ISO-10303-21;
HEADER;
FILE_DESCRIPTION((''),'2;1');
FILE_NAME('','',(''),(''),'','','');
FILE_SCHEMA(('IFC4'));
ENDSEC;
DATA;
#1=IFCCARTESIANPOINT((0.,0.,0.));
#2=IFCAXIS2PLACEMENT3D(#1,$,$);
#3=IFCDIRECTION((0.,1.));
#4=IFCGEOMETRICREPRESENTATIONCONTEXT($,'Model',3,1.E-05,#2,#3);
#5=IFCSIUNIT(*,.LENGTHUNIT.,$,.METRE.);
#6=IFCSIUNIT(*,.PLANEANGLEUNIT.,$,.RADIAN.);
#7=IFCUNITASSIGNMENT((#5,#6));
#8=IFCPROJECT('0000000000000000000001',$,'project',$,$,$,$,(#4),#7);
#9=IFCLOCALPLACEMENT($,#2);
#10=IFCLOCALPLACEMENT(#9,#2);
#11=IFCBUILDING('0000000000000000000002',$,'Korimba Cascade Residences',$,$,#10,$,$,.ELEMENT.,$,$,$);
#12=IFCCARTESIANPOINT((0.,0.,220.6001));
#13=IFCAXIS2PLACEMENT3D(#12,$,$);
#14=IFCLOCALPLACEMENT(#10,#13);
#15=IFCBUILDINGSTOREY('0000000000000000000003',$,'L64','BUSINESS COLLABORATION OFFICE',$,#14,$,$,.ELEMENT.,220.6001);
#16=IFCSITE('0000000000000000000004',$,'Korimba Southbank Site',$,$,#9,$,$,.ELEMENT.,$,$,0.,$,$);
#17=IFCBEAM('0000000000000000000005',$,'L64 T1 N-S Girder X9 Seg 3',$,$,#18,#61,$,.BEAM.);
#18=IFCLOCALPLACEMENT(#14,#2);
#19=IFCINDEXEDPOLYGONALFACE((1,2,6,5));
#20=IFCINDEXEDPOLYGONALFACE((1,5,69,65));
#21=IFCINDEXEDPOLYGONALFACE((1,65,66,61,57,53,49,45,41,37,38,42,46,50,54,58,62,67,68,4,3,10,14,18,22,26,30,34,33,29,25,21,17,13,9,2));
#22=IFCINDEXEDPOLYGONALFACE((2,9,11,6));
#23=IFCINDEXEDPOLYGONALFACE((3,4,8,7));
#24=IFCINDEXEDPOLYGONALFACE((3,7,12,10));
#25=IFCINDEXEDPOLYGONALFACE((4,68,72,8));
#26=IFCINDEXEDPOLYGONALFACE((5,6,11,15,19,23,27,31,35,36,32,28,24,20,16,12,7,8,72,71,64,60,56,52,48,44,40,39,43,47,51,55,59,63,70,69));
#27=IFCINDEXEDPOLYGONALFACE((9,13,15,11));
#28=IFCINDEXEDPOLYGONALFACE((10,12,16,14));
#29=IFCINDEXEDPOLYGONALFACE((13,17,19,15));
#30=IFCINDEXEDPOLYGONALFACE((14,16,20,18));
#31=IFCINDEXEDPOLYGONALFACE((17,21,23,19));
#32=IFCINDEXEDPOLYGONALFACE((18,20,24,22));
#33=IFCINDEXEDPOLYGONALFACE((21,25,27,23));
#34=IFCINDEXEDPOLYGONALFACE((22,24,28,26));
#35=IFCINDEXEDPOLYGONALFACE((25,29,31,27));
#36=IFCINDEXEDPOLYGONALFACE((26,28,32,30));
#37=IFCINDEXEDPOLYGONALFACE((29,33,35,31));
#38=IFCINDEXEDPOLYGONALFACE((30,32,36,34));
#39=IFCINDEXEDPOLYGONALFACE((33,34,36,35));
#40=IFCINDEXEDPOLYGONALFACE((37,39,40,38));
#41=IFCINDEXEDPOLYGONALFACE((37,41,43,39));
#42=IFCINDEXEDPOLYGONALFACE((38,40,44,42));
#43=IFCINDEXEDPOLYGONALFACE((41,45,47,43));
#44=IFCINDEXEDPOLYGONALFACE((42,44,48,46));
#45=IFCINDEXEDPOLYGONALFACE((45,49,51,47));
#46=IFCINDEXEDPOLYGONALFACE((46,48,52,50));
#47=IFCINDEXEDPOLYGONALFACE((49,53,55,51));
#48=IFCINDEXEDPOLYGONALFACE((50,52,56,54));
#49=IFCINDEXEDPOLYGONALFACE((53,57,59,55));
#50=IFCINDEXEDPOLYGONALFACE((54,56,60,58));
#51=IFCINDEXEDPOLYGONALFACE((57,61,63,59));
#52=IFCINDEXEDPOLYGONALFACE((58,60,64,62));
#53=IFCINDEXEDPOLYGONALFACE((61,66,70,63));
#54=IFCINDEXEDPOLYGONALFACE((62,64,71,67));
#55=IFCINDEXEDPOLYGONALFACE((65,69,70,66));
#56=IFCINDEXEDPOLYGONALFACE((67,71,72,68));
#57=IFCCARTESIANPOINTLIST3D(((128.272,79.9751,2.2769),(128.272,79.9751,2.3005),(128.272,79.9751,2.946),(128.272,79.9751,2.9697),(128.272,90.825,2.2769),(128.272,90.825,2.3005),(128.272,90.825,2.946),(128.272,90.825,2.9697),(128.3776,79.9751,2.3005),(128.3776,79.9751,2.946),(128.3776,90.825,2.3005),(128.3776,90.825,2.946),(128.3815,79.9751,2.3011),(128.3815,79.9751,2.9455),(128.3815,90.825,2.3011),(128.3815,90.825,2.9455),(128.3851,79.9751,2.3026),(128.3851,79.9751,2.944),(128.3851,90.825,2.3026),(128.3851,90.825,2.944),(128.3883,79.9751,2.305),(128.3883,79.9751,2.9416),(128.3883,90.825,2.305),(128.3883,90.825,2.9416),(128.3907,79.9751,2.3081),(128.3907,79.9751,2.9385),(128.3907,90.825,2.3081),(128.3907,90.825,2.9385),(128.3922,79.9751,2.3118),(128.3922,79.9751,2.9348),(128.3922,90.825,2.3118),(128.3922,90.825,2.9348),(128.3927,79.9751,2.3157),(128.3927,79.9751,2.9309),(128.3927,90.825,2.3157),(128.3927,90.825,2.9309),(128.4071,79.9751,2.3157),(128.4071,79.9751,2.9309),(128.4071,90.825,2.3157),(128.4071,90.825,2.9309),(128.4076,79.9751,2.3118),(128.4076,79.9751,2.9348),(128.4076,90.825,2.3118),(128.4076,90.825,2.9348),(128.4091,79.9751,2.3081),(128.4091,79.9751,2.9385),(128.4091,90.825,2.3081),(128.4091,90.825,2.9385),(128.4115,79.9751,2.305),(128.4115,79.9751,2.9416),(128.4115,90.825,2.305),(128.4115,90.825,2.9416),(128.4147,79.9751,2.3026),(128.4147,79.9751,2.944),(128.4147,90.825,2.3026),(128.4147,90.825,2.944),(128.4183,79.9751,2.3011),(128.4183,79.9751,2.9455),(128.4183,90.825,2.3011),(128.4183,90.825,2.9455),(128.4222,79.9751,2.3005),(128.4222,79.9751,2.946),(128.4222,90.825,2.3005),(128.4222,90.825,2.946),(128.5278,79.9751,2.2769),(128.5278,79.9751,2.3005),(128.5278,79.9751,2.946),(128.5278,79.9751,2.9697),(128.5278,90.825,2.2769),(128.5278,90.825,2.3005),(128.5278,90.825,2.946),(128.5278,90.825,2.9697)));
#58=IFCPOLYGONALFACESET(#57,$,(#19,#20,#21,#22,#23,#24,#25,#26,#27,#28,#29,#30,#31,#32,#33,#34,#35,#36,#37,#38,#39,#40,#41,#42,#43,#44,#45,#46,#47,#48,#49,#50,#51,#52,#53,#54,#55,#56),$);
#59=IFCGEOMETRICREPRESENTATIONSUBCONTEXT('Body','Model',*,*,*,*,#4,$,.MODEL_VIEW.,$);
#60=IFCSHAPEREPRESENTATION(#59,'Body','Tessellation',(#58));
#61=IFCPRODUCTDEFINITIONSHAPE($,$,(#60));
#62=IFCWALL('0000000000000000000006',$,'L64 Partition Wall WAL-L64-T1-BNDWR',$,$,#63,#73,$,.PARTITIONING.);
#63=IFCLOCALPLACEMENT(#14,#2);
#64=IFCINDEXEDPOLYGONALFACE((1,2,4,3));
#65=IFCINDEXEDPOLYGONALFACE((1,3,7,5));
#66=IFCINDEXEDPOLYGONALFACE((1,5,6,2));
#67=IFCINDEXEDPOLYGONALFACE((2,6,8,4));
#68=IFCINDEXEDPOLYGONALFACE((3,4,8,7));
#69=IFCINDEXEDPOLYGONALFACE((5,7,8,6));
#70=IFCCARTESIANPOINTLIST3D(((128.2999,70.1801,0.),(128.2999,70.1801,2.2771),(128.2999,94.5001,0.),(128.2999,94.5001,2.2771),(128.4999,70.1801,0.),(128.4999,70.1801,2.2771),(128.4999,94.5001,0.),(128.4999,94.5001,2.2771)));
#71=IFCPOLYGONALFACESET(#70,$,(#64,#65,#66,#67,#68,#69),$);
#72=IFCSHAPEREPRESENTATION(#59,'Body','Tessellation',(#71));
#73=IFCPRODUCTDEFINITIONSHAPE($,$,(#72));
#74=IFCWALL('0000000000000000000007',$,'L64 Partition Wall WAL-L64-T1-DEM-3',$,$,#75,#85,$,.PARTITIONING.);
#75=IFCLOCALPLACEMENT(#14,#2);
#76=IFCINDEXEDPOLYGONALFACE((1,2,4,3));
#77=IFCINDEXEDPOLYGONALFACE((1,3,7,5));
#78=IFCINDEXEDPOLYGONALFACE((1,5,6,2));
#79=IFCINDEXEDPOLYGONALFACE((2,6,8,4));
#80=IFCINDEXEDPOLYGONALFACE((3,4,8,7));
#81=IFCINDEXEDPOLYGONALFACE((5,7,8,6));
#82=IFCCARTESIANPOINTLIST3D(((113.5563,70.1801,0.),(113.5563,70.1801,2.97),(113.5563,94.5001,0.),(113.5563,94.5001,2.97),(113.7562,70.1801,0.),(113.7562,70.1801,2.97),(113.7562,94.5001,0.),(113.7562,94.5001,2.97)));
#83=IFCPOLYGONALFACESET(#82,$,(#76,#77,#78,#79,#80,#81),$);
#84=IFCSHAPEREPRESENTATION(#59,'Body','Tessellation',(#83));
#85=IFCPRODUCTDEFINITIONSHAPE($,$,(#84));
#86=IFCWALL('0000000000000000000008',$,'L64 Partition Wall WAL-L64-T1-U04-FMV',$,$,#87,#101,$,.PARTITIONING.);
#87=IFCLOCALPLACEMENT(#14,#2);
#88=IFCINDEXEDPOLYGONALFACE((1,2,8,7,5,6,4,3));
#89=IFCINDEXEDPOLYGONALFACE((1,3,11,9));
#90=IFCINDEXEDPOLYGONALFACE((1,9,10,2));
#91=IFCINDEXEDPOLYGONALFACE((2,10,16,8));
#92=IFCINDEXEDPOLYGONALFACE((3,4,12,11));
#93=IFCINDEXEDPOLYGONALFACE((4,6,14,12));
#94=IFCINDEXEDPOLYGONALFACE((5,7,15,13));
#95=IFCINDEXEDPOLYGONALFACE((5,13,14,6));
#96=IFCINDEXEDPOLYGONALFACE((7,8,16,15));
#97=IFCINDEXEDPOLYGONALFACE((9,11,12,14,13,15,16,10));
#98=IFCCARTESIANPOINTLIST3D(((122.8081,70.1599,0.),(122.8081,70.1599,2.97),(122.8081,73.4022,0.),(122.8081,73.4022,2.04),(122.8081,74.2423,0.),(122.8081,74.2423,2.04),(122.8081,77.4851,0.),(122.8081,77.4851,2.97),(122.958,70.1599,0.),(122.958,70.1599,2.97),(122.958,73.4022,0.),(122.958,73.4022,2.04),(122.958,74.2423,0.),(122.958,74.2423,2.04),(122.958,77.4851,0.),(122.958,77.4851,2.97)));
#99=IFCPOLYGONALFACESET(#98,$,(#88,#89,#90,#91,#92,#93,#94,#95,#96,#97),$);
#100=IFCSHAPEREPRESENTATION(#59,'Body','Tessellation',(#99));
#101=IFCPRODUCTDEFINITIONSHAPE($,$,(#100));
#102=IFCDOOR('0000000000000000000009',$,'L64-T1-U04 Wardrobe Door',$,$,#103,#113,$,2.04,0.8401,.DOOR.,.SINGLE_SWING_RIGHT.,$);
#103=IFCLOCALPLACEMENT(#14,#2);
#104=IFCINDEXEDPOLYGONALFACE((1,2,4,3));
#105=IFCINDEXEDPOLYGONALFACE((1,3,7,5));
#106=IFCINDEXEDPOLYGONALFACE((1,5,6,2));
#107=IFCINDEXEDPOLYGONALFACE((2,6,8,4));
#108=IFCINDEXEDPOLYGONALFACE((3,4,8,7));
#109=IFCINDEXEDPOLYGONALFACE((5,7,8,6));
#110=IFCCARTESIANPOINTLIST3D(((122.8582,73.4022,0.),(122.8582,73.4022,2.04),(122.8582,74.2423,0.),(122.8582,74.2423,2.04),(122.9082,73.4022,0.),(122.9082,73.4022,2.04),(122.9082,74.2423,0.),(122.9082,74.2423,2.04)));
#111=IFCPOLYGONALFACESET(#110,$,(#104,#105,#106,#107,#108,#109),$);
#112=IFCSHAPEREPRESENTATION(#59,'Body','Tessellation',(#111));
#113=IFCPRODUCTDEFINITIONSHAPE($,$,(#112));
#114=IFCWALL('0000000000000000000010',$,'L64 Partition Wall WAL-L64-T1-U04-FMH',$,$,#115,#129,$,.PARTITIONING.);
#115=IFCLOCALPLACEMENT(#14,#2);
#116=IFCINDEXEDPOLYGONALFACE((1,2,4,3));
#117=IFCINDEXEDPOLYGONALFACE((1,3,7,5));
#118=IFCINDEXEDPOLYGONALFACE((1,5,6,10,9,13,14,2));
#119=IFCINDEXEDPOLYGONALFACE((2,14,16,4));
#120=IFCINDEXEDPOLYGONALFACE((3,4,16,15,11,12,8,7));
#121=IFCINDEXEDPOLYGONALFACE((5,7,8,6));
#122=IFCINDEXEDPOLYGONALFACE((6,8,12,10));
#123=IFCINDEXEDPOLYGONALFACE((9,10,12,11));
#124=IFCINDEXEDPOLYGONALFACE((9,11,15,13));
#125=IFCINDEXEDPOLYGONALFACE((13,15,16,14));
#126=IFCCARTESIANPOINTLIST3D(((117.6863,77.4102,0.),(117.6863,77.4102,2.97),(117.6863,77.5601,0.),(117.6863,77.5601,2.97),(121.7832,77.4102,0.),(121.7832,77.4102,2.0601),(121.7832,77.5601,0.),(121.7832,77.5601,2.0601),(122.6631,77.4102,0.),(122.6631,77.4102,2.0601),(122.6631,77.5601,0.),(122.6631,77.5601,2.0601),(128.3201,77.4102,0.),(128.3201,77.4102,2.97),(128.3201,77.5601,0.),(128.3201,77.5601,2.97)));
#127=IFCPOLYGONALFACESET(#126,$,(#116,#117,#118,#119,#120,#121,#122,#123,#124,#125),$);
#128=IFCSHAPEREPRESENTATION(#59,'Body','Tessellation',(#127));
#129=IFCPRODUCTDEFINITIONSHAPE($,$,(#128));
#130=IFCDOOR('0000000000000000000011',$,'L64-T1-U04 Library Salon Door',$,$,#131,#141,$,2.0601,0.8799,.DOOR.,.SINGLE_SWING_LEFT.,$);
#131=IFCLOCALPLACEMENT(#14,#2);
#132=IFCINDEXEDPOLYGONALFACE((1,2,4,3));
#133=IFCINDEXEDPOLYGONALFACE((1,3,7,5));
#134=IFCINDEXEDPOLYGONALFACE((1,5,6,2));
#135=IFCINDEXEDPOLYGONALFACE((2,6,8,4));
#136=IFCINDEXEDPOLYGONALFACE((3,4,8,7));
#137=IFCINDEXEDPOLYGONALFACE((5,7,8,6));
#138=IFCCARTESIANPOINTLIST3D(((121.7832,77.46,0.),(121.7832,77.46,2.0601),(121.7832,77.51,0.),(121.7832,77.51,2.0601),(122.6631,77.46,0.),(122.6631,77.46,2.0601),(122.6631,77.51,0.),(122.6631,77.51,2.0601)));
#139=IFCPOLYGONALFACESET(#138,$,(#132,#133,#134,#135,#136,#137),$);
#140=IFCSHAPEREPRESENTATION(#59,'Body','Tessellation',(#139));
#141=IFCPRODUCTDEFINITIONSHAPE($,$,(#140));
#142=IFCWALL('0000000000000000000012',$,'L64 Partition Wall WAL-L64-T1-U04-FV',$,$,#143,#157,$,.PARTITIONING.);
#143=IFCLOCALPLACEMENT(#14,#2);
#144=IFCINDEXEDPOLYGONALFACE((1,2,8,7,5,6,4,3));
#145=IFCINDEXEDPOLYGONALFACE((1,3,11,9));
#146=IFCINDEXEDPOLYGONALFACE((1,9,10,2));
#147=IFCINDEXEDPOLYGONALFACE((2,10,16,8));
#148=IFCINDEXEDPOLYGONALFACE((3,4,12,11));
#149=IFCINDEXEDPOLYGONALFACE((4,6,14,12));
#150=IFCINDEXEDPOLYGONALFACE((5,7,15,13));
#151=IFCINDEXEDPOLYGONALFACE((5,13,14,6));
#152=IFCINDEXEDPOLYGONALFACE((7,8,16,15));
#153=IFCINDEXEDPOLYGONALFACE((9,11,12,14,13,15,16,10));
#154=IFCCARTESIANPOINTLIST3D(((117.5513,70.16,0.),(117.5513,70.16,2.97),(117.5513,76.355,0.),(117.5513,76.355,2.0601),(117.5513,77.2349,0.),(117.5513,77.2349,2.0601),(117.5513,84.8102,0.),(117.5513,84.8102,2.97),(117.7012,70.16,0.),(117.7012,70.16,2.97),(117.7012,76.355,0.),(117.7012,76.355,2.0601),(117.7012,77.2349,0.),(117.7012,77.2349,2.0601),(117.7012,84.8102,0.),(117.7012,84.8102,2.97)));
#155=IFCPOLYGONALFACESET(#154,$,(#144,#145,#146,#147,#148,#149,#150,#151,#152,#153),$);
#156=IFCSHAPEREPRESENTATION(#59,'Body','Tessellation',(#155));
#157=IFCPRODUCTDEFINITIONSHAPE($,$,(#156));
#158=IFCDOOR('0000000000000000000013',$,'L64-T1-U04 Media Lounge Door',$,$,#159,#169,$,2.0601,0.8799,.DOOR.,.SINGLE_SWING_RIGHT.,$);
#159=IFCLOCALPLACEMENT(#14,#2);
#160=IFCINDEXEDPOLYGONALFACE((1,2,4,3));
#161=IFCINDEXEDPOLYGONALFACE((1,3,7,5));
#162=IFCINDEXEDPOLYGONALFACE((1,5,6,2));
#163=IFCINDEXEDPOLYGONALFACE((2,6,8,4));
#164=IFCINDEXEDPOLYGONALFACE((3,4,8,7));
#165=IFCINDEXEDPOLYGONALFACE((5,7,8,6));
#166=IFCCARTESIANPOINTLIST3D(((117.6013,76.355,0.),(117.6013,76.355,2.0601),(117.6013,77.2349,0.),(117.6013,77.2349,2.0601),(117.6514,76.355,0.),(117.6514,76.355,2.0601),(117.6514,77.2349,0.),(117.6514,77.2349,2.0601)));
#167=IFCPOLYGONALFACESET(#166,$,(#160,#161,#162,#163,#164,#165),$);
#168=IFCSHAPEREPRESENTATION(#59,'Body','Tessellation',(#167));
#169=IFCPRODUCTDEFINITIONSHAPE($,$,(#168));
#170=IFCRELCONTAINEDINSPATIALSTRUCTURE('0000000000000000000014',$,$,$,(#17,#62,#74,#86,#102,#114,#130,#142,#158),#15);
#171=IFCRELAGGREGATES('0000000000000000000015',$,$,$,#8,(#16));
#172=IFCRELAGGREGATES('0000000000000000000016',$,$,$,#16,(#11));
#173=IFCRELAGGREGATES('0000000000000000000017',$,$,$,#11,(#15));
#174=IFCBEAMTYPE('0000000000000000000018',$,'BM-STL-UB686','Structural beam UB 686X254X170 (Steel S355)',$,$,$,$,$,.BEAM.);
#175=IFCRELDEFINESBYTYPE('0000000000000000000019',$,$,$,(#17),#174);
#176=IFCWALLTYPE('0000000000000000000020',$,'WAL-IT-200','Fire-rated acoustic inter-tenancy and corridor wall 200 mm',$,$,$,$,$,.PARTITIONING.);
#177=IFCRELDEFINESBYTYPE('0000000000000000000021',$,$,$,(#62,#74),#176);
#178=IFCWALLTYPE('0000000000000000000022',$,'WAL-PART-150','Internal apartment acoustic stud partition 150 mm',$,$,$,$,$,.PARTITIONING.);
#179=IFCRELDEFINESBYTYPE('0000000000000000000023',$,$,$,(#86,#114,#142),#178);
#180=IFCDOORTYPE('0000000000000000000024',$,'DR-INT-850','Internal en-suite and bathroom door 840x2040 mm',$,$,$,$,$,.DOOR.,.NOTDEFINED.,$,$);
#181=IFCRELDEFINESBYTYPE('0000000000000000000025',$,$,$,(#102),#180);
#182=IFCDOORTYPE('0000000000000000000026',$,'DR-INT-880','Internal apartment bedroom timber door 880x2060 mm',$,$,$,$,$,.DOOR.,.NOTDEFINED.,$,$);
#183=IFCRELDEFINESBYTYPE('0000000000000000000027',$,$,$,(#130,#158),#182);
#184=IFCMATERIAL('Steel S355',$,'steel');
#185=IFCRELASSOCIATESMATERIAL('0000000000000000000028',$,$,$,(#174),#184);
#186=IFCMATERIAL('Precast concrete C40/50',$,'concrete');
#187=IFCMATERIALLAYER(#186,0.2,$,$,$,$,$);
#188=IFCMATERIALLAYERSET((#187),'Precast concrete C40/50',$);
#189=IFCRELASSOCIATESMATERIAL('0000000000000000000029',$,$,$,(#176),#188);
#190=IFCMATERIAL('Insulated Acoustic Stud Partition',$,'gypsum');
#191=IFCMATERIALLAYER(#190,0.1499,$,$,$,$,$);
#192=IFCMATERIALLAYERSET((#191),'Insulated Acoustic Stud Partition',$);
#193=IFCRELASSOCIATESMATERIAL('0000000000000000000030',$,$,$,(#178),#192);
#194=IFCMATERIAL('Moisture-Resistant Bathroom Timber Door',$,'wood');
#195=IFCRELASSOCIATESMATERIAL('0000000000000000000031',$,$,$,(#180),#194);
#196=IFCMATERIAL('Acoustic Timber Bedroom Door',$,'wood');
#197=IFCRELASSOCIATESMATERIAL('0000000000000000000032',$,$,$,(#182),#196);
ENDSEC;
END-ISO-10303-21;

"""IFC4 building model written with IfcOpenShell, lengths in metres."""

from ifc_helpers import new_model, si_unit, direction, frame, frame_2d, origin, origin_2d, place, context, subcontext, project, spatial, rectangle, i_section, extrude, material, layer, layer_set, material_profile, profile_set, type_object, element, fill, save


model = new_model("IFC4")

# Units and contexts
model_context = context("Model", 3, precision=1e-05, world=origin(), true_north=direction((0.0, 1.0)))
body_context = subcontext(model_context, "Body", "Model", "MODEL_VIEW")
ifc_project = project(units=[si_unit("LENGTHUNIT", "METRE"), si_unit("PLANEANGLEUNIT", "RADIAN")], contexts=[model_context])

# Site, building, storey
site_placement = place(None, origin())
site = spatial("IfcSite", under=ifc_project, at=site_placement, Name="Korimba Southbank Site", CompositionType="ELEMENT", RefElevation=0.0)
building_placement = place(site_placement, origin())
building = spatial("IfcBuilding", under=site, at=building_placement, Name="Korimba Cascade Residences", CompositionType="ELEMENT")
storey_placement = place(building_placement, frame((0.0, 0.0, 220.6001)))
storey = spatial("IfcBuildingStorey", under=building, at=storey_placement, Name="L64", Description="BUSINESS COLLABORATION OFFICE", CompositionType="ELEMENT", Elevation=220.6001)

# Beam
ifc_material_1 = material(Name="Steel S355", Category="steel")
ifc_material_profile_1 = material_profile(ifc_material_1, i_section(OverallWidth=0.2559, OverallDepth=0.6929, WebThickness=0.0144, FlangeThickness=0.0237, FilletRadius=0.0151, at=origin_2d()), Name="Steel S355")
ifc_profile_set_1 = profile_set([ifc_material_profile_1], Name="Steel S355")
beam_type_1 = type_object("IfcBeamType", Name="BM-STL-UB686", Description="Structural beam UB 686X254X170 (Steel S355)", PredefinedType="BEAM", material=ifc_profile_set_1)
for number, where, z_axis, x_axis, name in (
    (1, (128.3999, 79.9751, 2.6233), (0.0, 1.0, 0.0), (-1.0, 0.0, 0.0), "L64 T1 N-S Girder X9 Seg 3"),
):
    element("IfcBeam", number, at=place(storey_placement, frame(where, z_axis=z_axis, x_axis=x_axis)), inside=storey, type_object=beam_type_1, Name=name, PredefinedType="BEAM", context=body_context, shape_type="SweptSolid", body=[
        extrude(i_section(OverallWidth=0.2559, OverallDepth=0.6929, WebThickness=0.0144, FlangeThickness=0.0237, FilletRadius=0.0151, at=origin_2d()), origin(), (0.0, 0.0, 1.0), 10.8499),
    ])

# Walls
ifc_material_2 = material(Name="Precast concrete C40/50", Category="concrete")
ifc_layer_1 = layer(ifc_material_2, 0.2)
ifc_layer_set_1 = layer_set([ifc_layer_1], Name="Precast concrete C40/50")
wall_type_1 = type_object("IfcWallType", Name="WAL-IT-200", Description="Fire-rated acoustic inter-tenancy and corridor wall 200 mm", PredefinedType="PARTITIONING", material=ifc_layer_set_1)
wall_1_placement = place(storey_placement, frame((128.3999, 70.1799, 0.0), z_axis=(0.0, 0.0, 1.0), x_axis=(0.0, 1.0, 0.0)))
element("IfcWall", 2, at=wall_1_placement, inside=storey, type_object=wall_type_1, Name="L64 Partition Wall WAL-L64-T1-BNDWR", PredefinedType="PARTITIONING", context=body_context, shape_type="SweptSolid", body=[
    extrude(rectangle(XDim=24.3201, YDim=0.2, at=frame_2d((12.1602, 0.0))), origin(), (0.0, 0.0, 1.0), 2.2771),
])
wall_2_placement = place(storey_placement, frame((113.6562, 70.1799, 0.0), z_axis=(0.0, 0.0, 1.0), x_axis=(0.0, 1.0, 0.0)))
element("IfcWall", 3, at=wall_2_placement, inside=storey, type_object=wall_type_1, Name="L64 Partition Wall WAL-L64-T1-DEM-3", PredefinedType="PARTITIONING", context=body_context, shape_type="SweptSolid", body=[
    extrude(rectangle(XDim=24.3201, YDim=0.2, at=frame_2d((12.1602, 0.0))), origin(), (0.0, 0.0, 1.0), 2.97),
])

# Walls, openings, doors
ifc_material_3 = material(Name="Insulated Acoustic Stud Partition", Category="gypsum")
ifc_layer_2 = layer(ifc_material_3, 0.1499)
ifc_layer_set_2 = layer_set([ifc_layer_2], Name="Insulated Acoustic Stud Partition")
wall_type_2 = type_object("IfcWallType", Name="WAL-PART-150", Description="Internal apartment acoustic stud partition 150 mm", PredefinedType="PARTITIONING", material=ifc_layer_set_2)
wall_3_placement = place(storey_placement, frame((122.8831, 70.1599, 0.0), z_axis=(0.0, 0.0, 1.0), x_axis=(0.0, 1.0, 0.0)))
wall_3 = element("IfcWall", 4, at=wall_3_placement, inside=storey, type_object=wall_type_2, Name="L64 Partition Wall WAL-L64-T1-U04-FMV", PredefinedType="PARTITIONING", context=body_context, shape_type="SweptSolid", body=[
    extrude(rectangle(XDim=7.3252, YDim=0.1499, at=frame_2d((3.6626, 0.0))), origin(), (0.0, 0.0, 1.0), 2.97),
])
opening_1_placement = place(wall_3_placement, frame((3.2424, 0.0, 0.0)))
opening_1 = element("IfcOpeningElement", 5, at=opening_1_placement, cuts=wall_3, PredefinedType="OPENING", context=body_context, shape_type="SweptSolid", body=[
    extrude(rectangle(XDim=0.8401, YDim=2.04, at=frame_2d((0.4199, 1.02))), frame((0.0, 0.085, 0.0), z_axis=(0.0, -1.0, 0.0), x_axis=(1.0, 0.0, 0.0)), (0.0, 0.0, 1.0), 0.1699),
])
ifc_material_4 = material(Name="Moisture-Resistant Bathroom Timber Door", Category="wood")
door_type_1 = type_object("IfcDoorType", Name="DR-INT-850", Description="Internal en-suite and bathroom door 840x2040 mm", OperationType="NOTDEFINED", PredefinedType="DOOR", material=ifc_material_4)
door_1_placement = place(opening_1_placement, origin())
door_1 = element("IfcDoor", 6, at=door_1_placement, inside=storey, type_object=door_type_1, Name="L64-T1-U04 Wardrobe Door", OperationType="SINGLE_SWING_RIGHT", OverallHeight=2.04, OverallWidth=0.8401, PredefinedType="DOOR", context=body_context, shape_type="SweptSolid", body=[
    extrude(rectangle(XDim=0.8401, YDim=2.04, at=frame_2d((0.4199, 1.02))), frame((0.0, 0.0249, 0.0), z_axis=(0.0, -1.0, 0.0), x_axis=(1.0, 0.0, 0.0)), (0.0, 0.0, 1.0), 0.05),
])
fill(opening_1, door_1)
wall_4_placement = place(storey_placement, frame((117.6863, 77.4851, 0.0), z_axis=(0.0, 0.0, 1.0), x_axis=(1.0, 0.0, 0.0)))
wall_4 = element("IfcWall", 7, at=wall_4_placement, inside=storey, type_object=wall_type_2, Name="L64 Partition Wall WAL-L64-T1-U04-FMH", PredefinedType="PARTITIONING", context=body_context, shape_type="SweptSolid", body=[
    extrude(rectangle(XDim=10.6338, YDim=0.1499, at=frame_2d((5.3169, 0.0))), origin(), (0.0, 0.0, 1.0), 2.97),
])
opening_2_placement = place(wall_4_placement, frame((4.0969, 0.0, 0.0)))
opening_2 = element("IfcOpeningElement", 8, at=opening_2_placement, cuts=wall_4, PredefinedType="OPENING", context=body_context, shape_type="SweptSolid", body=[
    extrude(rectangle(XDim=0.8799, YDim=2.0601, at=frame_2d((0.4399, 1.03))), frame((0.0, 0.085, 0.0), z_axis=(0.0, -1.0, 0.0), x_axis=(1.0, 0.0, 0.0)), (0.0, 0.0, 1.0), 0.1699),
])
ifc_material_5 = material(Name="Acoustic Timber Bedroom Door", Category="wood")
door_type_2 = type_object("IfcDoorType", Name="DR-INT-880", Description="Internal apartment bedroom timber door 880x2060 mm", OperationType="NOTDEFINED", PredefinedType="DOOR", material=ifc_material_5)
door_2_placement = place(opening_2_placement, origin())
door_2 = element("IfcDoor", 9, at=door_2_placement, inside=storey, type_object=door_type_2, Name="L64-T1-U04 Library Salon Door", OperationType="SINGLE_SWING_LEFT", OverallHeight=2.0601, OverallWidth=0.8799, PredefinedType="DOOR", context=body_context, shape_type="SweptSolid", body=[
    extrude(rectangle(XDim=0.8799, YDim=2.0601, at=frame_2d((0.4399, 1.03))), frame((0.0, 0.0249, 0.0), z_axis=(0.0, -1.0, 0.0), x_axis=(1.0, 0.0, 0.0)), (0.0, 0.0, 1.0), 0.05),
])
fill(opening_2, door_2)
wall_5_placement = place(storey_placement, frame((117.6262, 70.1599, 0.0), z_axis=(0.0, 0.0, 1.0), x_axis=(0.0, 1.0, 0.0)))
wall_5 = element("IfcWall", 10, at=wall_5_placement, inside=storey, type_object=wall_type_2, Name="L64 Partition Wall WAL-L64-T1-U04-FV", PredefinedType="PARTITIONING", context=body_context, shape_type="SweptSolid", body=[
    extrude(rectangle(XDim=14.6501, YDim=0.1499, at=frame_2d((7.3252, 0.0))), origin(), (0.0, 0.0, 1.0), 2.97),
])
opening_3_placement = place(wall_5_placement, frame((6.1951, 0.0, 0.0)))
opening_3 = element("IfcOpeningElement", 11, at=opening_3_placement, cuts=wall_5, PredefinedType="OPENING", context=body_context, shape_type="SweptSolid", body=[
    extrude(rectangle(XDim=0.8799, YDim=2.0601, at=frame_2d((0.4399, 1.03))), frame((0.0, 0.085, 0.0), z_axis=(0.0, -1.0, 0.0), x_axis=(1.0, 0.0, 0.0)), (0.0, 0.0, 1.0), 0.1699),
])
door_3_placement = place(opening_3_placement, origin())
door_3 = element("IfcDoor", 12, at=door_3_placement, inside=storey, type_object=door_type_2, Name="L64-T1-U04 Media Lounge Door", OperationType="SINGLE_SWING_RIGHT", OverallHeight=2.0601, OverallWidth=0.8799, PredefinedType="DOOR", context=body_context, shape_type="SweptSolid", body=[
    extrude(rectangle(XDim=0.8799, YDim=2.0601, at=frame_2d((0.4399, 1.03))), frame((0.0, 0.0249, 0.0), z_axis=(0.0, -1.0, 0.0), x_axis=(1.0, 0.0, 0.0)), (0.0, 0.0, 1.0), 0.05),
])
fill(opening_3, door_3)

save(model, "model.ifc")
